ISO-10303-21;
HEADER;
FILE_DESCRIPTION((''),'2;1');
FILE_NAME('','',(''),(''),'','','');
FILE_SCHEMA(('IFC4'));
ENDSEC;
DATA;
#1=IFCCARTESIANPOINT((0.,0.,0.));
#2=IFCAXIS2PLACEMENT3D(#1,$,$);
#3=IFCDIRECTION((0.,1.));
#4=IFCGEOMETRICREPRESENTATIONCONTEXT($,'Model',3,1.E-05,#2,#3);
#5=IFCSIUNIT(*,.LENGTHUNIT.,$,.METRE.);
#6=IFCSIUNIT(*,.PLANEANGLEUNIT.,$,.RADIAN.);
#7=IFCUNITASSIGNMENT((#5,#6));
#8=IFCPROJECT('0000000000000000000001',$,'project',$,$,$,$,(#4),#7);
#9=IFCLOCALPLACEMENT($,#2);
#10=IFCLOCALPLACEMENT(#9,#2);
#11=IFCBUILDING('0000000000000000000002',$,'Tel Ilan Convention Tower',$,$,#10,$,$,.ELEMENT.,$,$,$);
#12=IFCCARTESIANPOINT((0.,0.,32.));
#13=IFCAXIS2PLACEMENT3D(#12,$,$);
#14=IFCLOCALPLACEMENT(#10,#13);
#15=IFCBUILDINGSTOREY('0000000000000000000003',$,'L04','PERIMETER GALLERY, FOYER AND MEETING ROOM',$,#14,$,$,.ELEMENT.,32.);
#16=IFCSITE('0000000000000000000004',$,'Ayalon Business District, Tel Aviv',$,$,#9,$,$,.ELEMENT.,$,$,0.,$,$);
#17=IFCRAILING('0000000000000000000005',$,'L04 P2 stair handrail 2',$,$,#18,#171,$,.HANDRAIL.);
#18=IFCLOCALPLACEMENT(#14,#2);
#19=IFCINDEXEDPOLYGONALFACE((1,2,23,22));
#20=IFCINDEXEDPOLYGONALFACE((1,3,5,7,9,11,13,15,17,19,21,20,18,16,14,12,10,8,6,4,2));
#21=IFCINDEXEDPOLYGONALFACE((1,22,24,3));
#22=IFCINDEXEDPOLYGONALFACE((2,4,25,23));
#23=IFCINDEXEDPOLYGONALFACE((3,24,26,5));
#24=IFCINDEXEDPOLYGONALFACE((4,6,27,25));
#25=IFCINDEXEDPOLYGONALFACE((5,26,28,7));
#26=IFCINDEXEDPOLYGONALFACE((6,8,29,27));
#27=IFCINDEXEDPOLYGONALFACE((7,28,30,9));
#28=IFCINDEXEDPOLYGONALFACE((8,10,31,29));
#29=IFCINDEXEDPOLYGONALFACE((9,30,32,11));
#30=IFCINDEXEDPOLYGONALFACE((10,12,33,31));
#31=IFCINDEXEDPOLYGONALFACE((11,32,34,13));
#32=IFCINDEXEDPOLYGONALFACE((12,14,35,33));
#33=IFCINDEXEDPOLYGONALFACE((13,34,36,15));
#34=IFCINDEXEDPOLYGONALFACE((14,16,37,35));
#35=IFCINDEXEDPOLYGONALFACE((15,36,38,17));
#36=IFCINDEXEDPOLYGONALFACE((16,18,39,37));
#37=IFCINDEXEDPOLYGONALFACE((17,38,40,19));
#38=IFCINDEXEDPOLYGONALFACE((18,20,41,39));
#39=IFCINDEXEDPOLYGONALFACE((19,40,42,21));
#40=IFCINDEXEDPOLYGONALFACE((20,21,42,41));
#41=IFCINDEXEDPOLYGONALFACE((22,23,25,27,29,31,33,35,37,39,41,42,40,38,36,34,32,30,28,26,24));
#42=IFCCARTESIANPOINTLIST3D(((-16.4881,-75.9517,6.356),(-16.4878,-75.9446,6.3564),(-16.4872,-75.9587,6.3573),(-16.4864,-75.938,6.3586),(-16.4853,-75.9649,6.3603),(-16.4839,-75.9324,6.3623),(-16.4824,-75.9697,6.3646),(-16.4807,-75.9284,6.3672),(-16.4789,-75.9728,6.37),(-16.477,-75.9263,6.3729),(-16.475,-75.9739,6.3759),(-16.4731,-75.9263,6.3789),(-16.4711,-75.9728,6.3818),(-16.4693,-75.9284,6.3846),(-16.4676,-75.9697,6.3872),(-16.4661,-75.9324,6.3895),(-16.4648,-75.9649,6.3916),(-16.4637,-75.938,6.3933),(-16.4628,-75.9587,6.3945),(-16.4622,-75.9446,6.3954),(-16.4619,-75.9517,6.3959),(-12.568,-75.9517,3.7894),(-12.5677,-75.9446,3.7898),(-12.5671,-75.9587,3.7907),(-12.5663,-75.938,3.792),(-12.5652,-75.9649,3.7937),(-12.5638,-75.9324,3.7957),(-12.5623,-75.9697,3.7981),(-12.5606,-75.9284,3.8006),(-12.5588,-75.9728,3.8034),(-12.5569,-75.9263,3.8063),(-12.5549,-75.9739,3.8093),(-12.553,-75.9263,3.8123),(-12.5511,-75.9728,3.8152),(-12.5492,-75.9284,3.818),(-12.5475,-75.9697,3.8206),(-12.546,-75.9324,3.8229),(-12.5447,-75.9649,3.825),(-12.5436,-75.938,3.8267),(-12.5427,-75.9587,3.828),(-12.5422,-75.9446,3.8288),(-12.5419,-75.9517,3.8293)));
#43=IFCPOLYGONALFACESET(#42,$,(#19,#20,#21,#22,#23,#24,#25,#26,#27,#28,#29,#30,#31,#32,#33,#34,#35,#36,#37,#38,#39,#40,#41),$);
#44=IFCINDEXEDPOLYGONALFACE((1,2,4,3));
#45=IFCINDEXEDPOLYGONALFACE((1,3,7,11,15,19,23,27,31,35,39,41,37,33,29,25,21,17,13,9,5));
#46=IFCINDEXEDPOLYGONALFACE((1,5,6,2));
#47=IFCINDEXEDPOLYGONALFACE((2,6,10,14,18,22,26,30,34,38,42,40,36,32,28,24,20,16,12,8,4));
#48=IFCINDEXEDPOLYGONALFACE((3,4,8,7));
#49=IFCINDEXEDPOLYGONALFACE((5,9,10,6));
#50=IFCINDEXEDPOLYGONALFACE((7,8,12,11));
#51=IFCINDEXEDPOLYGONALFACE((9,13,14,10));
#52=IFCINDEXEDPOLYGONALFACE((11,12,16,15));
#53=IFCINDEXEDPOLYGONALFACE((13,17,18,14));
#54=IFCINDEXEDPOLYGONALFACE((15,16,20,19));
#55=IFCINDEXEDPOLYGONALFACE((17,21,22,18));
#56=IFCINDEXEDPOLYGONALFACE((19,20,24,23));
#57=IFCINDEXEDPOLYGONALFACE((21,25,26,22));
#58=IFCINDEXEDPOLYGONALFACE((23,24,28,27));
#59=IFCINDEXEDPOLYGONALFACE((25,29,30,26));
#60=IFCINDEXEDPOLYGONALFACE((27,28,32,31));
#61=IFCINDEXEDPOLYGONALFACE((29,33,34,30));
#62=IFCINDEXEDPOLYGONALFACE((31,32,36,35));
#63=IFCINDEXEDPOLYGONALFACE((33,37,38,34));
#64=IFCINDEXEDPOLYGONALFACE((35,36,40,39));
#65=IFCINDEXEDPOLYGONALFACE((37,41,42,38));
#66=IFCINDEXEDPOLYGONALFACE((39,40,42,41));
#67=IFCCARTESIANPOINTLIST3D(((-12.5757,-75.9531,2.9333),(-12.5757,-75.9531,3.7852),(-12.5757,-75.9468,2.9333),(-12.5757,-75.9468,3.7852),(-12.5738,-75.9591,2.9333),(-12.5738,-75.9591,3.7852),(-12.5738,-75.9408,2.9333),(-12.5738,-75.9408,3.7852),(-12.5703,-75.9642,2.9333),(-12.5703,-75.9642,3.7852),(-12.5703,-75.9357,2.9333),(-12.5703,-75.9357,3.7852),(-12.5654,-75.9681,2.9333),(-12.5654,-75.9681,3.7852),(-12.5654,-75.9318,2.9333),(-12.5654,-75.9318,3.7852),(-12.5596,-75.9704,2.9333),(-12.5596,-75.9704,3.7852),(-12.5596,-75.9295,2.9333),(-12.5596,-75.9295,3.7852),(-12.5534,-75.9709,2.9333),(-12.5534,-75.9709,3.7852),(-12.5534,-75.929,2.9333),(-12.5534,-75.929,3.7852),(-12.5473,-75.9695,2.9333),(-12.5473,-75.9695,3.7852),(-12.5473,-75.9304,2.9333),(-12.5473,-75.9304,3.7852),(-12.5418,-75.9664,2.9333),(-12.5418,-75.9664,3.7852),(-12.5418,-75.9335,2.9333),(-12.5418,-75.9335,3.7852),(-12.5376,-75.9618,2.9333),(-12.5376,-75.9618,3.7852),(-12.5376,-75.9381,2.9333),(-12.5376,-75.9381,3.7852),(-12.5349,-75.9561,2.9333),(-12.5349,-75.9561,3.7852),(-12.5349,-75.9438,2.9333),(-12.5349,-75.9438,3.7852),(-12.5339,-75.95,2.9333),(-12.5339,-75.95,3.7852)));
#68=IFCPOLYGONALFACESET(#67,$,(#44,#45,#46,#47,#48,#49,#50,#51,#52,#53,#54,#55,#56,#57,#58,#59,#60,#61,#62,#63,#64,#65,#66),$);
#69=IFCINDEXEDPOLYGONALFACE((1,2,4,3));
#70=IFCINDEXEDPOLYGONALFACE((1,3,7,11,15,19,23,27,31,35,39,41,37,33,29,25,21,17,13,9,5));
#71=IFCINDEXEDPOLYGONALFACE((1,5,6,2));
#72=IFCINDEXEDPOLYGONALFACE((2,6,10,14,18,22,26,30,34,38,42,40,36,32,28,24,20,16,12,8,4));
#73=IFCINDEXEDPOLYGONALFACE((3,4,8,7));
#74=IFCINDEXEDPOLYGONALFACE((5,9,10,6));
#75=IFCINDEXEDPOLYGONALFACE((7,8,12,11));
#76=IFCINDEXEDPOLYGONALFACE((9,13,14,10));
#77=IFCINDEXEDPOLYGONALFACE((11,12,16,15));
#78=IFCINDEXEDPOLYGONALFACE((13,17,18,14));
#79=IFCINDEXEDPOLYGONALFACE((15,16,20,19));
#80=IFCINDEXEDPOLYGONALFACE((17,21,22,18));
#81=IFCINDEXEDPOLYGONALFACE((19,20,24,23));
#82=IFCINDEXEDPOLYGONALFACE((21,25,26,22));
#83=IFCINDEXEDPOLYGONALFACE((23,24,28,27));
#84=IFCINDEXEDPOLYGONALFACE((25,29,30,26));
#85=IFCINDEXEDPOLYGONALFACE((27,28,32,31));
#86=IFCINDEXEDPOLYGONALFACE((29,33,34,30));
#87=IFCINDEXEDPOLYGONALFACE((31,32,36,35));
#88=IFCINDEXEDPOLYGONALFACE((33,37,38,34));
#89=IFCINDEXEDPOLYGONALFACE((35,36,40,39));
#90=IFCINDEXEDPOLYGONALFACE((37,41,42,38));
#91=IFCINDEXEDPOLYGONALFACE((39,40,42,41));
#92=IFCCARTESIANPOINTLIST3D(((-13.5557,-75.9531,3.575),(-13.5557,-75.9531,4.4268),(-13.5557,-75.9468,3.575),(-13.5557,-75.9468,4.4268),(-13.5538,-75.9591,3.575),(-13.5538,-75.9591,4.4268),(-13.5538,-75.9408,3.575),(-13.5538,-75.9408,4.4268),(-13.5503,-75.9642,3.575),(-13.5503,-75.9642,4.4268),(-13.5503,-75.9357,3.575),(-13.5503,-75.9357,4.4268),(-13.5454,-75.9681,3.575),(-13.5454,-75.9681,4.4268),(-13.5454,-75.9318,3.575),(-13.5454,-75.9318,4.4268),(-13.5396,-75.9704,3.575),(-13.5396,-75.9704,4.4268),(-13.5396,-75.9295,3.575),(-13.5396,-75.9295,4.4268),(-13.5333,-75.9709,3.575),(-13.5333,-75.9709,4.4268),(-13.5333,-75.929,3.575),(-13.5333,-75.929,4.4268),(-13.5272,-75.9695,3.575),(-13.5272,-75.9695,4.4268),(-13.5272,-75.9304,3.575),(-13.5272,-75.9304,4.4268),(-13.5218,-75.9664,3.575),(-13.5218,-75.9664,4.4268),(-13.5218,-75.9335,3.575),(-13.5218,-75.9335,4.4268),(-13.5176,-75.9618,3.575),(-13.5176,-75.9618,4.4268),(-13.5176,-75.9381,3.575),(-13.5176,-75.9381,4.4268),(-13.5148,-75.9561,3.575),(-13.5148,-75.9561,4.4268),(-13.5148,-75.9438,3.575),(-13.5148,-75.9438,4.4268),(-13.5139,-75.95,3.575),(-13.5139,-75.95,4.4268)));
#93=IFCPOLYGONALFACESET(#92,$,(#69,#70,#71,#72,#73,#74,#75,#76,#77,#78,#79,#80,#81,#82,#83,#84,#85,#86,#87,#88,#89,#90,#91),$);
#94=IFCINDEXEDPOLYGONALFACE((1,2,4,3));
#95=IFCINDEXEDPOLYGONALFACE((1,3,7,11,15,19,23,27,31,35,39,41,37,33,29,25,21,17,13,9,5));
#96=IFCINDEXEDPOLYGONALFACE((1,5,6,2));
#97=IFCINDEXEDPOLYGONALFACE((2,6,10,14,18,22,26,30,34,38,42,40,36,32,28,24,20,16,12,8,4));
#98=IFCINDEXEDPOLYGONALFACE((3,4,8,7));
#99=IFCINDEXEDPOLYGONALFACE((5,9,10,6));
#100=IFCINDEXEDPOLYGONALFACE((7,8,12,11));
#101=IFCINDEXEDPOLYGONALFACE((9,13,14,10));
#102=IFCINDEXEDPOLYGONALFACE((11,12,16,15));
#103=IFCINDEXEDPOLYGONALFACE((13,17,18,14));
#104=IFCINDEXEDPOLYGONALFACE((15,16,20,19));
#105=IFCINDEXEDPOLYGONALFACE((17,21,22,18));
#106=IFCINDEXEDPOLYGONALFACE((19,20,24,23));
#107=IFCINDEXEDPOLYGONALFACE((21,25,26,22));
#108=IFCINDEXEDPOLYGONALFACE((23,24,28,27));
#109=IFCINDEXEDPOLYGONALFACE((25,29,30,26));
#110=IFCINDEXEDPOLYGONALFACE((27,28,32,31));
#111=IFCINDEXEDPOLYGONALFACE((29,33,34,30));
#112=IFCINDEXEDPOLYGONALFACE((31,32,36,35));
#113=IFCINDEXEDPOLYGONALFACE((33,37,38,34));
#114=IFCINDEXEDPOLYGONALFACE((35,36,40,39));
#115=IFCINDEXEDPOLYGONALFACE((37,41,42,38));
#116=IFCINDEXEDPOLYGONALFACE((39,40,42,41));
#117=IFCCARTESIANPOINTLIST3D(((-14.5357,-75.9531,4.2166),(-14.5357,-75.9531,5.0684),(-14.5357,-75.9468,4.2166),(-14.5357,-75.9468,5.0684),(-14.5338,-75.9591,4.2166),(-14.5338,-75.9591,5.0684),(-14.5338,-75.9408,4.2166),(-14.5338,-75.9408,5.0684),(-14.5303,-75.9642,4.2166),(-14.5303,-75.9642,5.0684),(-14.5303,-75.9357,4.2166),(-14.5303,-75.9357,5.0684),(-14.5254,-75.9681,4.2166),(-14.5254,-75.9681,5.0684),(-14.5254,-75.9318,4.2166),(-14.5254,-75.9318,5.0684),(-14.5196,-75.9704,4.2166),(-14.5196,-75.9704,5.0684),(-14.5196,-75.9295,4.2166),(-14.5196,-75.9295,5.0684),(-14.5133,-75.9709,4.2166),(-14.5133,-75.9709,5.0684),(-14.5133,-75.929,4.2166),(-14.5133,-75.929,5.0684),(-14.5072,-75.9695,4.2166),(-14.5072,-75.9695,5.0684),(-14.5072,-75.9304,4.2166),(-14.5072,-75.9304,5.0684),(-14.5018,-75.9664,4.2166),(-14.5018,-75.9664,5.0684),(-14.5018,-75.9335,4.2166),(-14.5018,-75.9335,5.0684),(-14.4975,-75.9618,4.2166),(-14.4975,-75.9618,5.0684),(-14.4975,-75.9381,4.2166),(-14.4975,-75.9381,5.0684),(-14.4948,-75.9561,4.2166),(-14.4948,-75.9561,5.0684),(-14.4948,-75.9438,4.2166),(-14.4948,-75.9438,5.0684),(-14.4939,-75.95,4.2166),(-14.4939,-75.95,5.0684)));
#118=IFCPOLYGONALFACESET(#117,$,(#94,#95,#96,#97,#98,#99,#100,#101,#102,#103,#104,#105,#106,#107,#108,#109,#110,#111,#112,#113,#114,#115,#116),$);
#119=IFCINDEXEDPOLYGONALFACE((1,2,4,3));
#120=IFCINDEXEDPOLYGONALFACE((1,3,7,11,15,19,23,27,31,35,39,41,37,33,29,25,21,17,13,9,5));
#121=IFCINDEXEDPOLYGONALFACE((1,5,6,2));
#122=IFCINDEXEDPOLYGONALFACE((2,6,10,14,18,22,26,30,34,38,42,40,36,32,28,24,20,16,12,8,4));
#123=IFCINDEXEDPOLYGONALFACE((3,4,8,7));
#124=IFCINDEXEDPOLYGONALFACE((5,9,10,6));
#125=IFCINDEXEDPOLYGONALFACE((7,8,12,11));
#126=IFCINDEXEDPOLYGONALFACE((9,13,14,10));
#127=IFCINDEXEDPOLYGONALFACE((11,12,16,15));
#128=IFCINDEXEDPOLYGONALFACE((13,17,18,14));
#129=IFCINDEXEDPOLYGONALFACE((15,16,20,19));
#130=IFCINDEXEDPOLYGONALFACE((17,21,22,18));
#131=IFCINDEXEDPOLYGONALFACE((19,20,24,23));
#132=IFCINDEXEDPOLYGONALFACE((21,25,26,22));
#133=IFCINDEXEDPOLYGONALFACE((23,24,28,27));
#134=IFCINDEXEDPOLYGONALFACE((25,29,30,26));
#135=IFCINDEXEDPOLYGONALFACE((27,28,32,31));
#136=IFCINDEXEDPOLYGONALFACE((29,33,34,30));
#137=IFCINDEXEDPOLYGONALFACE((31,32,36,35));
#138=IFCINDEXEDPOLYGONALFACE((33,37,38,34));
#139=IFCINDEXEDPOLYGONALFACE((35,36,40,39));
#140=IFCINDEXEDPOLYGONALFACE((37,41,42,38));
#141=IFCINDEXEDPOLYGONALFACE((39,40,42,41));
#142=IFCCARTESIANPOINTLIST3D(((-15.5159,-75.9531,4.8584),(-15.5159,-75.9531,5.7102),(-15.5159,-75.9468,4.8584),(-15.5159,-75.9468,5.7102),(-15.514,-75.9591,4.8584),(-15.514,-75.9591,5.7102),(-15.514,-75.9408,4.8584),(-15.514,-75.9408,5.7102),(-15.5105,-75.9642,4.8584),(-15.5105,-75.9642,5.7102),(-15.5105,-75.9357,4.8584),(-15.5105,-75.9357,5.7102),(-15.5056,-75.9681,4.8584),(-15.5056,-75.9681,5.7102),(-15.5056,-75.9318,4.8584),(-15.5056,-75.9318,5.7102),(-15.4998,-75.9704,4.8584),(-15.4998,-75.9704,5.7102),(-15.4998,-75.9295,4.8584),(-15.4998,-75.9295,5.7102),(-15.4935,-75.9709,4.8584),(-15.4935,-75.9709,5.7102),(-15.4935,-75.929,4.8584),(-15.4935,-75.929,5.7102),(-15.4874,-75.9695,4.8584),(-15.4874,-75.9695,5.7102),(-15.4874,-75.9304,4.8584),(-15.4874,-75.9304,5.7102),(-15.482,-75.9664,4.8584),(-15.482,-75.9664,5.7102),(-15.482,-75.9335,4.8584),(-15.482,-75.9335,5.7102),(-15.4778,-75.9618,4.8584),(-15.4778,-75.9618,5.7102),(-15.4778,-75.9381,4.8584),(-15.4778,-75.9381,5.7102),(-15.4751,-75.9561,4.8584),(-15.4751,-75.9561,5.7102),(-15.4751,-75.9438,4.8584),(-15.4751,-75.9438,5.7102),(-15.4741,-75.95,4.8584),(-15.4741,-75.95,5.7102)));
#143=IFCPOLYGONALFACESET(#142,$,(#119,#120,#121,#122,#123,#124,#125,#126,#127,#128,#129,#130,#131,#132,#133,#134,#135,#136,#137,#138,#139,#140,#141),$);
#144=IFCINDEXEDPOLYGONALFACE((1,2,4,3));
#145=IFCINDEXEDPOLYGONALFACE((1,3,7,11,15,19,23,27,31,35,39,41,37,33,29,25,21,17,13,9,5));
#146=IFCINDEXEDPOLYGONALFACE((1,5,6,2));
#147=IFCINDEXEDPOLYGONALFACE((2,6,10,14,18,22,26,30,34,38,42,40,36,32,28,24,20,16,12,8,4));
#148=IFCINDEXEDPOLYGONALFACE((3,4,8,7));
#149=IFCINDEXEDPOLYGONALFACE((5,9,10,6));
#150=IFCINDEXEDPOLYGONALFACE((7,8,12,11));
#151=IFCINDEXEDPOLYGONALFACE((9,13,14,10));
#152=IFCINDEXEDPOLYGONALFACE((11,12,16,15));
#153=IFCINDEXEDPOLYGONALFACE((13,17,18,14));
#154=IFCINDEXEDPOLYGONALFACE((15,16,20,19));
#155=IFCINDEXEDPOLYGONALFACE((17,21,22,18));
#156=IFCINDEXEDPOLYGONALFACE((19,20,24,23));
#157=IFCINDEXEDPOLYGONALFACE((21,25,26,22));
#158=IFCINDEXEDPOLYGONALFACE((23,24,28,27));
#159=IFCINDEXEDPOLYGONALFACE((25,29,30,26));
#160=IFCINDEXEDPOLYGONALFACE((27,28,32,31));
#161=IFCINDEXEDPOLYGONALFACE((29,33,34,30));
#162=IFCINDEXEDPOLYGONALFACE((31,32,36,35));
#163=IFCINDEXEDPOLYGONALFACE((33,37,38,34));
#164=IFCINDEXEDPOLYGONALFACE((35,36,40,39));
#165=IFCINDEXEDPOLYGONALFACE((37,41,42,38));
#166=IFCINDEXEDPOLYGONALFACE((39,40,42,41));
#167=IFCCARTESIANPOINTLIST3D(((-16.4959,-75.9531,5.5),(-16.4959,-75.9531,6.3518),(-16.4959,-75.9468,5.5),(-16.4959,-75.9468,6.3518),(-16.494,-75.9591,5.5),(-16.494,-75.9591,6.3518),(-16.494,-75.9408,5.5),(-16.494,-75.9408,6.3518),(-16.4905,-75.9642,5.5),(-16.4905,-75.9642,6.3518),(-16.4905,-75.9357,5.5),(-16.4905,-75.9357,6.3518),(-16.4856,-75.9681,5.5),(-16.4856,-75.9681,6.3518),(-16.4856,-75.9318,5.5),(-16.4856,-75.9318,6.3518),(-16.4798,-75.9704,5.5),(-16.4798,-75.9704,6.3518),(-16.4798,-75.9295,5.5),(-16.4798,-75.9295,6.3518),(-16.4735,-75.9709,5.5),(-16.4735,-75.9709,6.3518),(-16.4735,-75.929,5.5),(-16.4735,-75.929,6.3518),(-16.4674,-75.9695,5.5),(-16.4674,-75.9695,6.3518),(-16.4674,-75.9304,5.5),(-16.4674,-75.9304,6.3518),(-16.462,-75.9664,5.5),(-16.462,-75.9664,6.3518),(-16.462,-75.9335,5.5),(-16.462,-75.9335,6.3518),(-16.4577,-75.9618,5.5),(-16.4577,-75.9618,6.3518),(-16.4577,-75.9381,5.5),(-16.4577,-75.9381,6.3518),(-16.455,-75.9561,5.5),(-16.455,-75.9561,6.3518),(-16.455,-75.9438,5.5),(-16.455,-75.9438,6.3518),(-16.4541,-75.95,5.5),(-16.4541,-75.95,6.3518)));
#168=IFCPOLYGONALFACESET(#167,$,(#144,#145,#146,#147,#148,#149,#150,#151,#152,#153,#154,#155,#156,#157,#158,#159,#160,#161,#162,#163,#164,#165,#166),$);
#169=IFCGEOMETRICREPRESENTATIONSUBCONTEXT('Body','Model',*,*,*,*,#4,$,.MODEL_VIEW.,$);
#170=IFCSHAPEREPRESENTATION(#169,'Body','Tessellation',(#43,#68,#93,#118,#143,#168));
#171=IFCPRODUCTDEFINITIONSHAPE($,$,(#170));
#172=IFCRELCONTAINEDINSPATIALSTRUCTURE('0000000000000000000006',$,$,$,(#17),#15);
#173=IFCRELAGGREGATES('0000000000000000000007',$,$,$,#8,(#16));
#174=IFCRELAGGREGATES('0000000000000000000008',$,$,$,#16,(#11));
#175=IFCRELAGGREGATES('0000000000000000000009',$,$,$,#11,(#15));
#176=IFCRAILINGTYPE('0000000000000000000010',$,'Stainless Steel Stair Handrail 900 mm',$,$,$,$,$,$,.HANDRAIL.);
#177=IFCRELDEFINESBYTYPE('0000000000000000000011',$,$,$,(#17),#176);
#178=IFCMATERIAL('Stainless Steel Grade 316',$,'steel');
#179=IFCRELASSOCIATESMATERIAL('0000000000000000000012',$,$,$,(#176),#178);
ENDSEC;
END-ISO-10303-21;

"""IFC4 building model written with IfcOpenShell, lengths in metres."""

from ifc_helpers import new_model, si_unit, direction, frame, origin, origin_2d, place, context, subcontext, project, spatial, circle, extrude, material, type_object, element, save


model = new_model("IFC4")

# Units and contexts
model_context = context("Model", 3, precision=1e-05, world=origin(), true_north=direction((0.0, 1.0)))
body_context = subcontext(model_context, "Body", "Model", "MODEL_VIEW")
ifc_project = project(units=[si_unit("LENGTHUNIT", "METRE"), si_unit("PLANEANGLEUNIT", "RADIAN")], contexts=[model_context])

# Site, building, storey
site_placement = place(None, origin())
site = spatial("IfcSite", under=ifc_project, at=site_placement, Name="Ayalon Business District, Tel Aviv", CompositionType="ELEMENT", RefElevation=0.0)
building_placement = place(site_placement, origin())
building = spatial("IfcBuilding", under=site, at=building_placement, Name="Tel Ilan Convention Tower", CompositionType="ELEMENT")
storey_placement = place(building_placement, frame((0.0, 0.0, 32.0)))
storey = spatial("IfcBuildingStorey", under=building, at=storey_placement, Name="L04", Description="PERIMETER GALLERY, FOYER AND MEETING ROOM", CompositionType="ELEMENT", Elevation=32.0)

# Railing
ifc_material_1 = material(Name="Stainless Steel Grade 316", Category="steel")
railing_type_1 = type_object("IfcRailingType", Name="Stainless Steel Stair Handrail 900 mm", PredefinedType="HANDRAIL", material=ifc_material_1)
railing_1_placement = place(storey_placement, frame((-12.5549, -75.95, 2.9333)))
element("IfcRailing", 1, at=railing_1_placement, inside=storey, type_object=railing_type_1, Name="L04 P2 stair handrail 2", PredefinedType="HANDRAIL", context=body_context, shape_type="SweptSolid", body=[
    extrude(circle(Radius=0.0239, at=origin_2d()), frame((0.0, 0.0, 0.876), z_axis=(-0.836631, 0.0, 0.547767), x_axis=(0.0, -1.0, 0.0)), (0.0, 0.0, 1.0), 4.6855),
    extrude(circle(Radius=0.021, at=origin_2d()), origin(), (0.0, 0.0, 1.0), 0.8518),
    extrude(circle(Radius=0.021, at=origin_2d()), frame((-0.98, 0.0, 0.6416)), (0.0, 0.0, 1.0), 0.8518),
    extrude(circle(Radius=0.021, at=origin_2d()), frame((-1.96, 0.0, 1.2832)), (0.0, 0.0, 1.0), 0.8518),
    extrude(circle(Radius=0.021, at=origin_2d()), frame((-2.9402, 0.0, 1.925)), (0.0, 0.0, 1.0), 0.8518),
    extrude(circle(Radius=0.021, at=origin_2d()), frame((-3.9202, 0.0, 2.5667)), (0.0, 0.0, 1.0), 0.8518),
])

save(model, "model.ifc")
